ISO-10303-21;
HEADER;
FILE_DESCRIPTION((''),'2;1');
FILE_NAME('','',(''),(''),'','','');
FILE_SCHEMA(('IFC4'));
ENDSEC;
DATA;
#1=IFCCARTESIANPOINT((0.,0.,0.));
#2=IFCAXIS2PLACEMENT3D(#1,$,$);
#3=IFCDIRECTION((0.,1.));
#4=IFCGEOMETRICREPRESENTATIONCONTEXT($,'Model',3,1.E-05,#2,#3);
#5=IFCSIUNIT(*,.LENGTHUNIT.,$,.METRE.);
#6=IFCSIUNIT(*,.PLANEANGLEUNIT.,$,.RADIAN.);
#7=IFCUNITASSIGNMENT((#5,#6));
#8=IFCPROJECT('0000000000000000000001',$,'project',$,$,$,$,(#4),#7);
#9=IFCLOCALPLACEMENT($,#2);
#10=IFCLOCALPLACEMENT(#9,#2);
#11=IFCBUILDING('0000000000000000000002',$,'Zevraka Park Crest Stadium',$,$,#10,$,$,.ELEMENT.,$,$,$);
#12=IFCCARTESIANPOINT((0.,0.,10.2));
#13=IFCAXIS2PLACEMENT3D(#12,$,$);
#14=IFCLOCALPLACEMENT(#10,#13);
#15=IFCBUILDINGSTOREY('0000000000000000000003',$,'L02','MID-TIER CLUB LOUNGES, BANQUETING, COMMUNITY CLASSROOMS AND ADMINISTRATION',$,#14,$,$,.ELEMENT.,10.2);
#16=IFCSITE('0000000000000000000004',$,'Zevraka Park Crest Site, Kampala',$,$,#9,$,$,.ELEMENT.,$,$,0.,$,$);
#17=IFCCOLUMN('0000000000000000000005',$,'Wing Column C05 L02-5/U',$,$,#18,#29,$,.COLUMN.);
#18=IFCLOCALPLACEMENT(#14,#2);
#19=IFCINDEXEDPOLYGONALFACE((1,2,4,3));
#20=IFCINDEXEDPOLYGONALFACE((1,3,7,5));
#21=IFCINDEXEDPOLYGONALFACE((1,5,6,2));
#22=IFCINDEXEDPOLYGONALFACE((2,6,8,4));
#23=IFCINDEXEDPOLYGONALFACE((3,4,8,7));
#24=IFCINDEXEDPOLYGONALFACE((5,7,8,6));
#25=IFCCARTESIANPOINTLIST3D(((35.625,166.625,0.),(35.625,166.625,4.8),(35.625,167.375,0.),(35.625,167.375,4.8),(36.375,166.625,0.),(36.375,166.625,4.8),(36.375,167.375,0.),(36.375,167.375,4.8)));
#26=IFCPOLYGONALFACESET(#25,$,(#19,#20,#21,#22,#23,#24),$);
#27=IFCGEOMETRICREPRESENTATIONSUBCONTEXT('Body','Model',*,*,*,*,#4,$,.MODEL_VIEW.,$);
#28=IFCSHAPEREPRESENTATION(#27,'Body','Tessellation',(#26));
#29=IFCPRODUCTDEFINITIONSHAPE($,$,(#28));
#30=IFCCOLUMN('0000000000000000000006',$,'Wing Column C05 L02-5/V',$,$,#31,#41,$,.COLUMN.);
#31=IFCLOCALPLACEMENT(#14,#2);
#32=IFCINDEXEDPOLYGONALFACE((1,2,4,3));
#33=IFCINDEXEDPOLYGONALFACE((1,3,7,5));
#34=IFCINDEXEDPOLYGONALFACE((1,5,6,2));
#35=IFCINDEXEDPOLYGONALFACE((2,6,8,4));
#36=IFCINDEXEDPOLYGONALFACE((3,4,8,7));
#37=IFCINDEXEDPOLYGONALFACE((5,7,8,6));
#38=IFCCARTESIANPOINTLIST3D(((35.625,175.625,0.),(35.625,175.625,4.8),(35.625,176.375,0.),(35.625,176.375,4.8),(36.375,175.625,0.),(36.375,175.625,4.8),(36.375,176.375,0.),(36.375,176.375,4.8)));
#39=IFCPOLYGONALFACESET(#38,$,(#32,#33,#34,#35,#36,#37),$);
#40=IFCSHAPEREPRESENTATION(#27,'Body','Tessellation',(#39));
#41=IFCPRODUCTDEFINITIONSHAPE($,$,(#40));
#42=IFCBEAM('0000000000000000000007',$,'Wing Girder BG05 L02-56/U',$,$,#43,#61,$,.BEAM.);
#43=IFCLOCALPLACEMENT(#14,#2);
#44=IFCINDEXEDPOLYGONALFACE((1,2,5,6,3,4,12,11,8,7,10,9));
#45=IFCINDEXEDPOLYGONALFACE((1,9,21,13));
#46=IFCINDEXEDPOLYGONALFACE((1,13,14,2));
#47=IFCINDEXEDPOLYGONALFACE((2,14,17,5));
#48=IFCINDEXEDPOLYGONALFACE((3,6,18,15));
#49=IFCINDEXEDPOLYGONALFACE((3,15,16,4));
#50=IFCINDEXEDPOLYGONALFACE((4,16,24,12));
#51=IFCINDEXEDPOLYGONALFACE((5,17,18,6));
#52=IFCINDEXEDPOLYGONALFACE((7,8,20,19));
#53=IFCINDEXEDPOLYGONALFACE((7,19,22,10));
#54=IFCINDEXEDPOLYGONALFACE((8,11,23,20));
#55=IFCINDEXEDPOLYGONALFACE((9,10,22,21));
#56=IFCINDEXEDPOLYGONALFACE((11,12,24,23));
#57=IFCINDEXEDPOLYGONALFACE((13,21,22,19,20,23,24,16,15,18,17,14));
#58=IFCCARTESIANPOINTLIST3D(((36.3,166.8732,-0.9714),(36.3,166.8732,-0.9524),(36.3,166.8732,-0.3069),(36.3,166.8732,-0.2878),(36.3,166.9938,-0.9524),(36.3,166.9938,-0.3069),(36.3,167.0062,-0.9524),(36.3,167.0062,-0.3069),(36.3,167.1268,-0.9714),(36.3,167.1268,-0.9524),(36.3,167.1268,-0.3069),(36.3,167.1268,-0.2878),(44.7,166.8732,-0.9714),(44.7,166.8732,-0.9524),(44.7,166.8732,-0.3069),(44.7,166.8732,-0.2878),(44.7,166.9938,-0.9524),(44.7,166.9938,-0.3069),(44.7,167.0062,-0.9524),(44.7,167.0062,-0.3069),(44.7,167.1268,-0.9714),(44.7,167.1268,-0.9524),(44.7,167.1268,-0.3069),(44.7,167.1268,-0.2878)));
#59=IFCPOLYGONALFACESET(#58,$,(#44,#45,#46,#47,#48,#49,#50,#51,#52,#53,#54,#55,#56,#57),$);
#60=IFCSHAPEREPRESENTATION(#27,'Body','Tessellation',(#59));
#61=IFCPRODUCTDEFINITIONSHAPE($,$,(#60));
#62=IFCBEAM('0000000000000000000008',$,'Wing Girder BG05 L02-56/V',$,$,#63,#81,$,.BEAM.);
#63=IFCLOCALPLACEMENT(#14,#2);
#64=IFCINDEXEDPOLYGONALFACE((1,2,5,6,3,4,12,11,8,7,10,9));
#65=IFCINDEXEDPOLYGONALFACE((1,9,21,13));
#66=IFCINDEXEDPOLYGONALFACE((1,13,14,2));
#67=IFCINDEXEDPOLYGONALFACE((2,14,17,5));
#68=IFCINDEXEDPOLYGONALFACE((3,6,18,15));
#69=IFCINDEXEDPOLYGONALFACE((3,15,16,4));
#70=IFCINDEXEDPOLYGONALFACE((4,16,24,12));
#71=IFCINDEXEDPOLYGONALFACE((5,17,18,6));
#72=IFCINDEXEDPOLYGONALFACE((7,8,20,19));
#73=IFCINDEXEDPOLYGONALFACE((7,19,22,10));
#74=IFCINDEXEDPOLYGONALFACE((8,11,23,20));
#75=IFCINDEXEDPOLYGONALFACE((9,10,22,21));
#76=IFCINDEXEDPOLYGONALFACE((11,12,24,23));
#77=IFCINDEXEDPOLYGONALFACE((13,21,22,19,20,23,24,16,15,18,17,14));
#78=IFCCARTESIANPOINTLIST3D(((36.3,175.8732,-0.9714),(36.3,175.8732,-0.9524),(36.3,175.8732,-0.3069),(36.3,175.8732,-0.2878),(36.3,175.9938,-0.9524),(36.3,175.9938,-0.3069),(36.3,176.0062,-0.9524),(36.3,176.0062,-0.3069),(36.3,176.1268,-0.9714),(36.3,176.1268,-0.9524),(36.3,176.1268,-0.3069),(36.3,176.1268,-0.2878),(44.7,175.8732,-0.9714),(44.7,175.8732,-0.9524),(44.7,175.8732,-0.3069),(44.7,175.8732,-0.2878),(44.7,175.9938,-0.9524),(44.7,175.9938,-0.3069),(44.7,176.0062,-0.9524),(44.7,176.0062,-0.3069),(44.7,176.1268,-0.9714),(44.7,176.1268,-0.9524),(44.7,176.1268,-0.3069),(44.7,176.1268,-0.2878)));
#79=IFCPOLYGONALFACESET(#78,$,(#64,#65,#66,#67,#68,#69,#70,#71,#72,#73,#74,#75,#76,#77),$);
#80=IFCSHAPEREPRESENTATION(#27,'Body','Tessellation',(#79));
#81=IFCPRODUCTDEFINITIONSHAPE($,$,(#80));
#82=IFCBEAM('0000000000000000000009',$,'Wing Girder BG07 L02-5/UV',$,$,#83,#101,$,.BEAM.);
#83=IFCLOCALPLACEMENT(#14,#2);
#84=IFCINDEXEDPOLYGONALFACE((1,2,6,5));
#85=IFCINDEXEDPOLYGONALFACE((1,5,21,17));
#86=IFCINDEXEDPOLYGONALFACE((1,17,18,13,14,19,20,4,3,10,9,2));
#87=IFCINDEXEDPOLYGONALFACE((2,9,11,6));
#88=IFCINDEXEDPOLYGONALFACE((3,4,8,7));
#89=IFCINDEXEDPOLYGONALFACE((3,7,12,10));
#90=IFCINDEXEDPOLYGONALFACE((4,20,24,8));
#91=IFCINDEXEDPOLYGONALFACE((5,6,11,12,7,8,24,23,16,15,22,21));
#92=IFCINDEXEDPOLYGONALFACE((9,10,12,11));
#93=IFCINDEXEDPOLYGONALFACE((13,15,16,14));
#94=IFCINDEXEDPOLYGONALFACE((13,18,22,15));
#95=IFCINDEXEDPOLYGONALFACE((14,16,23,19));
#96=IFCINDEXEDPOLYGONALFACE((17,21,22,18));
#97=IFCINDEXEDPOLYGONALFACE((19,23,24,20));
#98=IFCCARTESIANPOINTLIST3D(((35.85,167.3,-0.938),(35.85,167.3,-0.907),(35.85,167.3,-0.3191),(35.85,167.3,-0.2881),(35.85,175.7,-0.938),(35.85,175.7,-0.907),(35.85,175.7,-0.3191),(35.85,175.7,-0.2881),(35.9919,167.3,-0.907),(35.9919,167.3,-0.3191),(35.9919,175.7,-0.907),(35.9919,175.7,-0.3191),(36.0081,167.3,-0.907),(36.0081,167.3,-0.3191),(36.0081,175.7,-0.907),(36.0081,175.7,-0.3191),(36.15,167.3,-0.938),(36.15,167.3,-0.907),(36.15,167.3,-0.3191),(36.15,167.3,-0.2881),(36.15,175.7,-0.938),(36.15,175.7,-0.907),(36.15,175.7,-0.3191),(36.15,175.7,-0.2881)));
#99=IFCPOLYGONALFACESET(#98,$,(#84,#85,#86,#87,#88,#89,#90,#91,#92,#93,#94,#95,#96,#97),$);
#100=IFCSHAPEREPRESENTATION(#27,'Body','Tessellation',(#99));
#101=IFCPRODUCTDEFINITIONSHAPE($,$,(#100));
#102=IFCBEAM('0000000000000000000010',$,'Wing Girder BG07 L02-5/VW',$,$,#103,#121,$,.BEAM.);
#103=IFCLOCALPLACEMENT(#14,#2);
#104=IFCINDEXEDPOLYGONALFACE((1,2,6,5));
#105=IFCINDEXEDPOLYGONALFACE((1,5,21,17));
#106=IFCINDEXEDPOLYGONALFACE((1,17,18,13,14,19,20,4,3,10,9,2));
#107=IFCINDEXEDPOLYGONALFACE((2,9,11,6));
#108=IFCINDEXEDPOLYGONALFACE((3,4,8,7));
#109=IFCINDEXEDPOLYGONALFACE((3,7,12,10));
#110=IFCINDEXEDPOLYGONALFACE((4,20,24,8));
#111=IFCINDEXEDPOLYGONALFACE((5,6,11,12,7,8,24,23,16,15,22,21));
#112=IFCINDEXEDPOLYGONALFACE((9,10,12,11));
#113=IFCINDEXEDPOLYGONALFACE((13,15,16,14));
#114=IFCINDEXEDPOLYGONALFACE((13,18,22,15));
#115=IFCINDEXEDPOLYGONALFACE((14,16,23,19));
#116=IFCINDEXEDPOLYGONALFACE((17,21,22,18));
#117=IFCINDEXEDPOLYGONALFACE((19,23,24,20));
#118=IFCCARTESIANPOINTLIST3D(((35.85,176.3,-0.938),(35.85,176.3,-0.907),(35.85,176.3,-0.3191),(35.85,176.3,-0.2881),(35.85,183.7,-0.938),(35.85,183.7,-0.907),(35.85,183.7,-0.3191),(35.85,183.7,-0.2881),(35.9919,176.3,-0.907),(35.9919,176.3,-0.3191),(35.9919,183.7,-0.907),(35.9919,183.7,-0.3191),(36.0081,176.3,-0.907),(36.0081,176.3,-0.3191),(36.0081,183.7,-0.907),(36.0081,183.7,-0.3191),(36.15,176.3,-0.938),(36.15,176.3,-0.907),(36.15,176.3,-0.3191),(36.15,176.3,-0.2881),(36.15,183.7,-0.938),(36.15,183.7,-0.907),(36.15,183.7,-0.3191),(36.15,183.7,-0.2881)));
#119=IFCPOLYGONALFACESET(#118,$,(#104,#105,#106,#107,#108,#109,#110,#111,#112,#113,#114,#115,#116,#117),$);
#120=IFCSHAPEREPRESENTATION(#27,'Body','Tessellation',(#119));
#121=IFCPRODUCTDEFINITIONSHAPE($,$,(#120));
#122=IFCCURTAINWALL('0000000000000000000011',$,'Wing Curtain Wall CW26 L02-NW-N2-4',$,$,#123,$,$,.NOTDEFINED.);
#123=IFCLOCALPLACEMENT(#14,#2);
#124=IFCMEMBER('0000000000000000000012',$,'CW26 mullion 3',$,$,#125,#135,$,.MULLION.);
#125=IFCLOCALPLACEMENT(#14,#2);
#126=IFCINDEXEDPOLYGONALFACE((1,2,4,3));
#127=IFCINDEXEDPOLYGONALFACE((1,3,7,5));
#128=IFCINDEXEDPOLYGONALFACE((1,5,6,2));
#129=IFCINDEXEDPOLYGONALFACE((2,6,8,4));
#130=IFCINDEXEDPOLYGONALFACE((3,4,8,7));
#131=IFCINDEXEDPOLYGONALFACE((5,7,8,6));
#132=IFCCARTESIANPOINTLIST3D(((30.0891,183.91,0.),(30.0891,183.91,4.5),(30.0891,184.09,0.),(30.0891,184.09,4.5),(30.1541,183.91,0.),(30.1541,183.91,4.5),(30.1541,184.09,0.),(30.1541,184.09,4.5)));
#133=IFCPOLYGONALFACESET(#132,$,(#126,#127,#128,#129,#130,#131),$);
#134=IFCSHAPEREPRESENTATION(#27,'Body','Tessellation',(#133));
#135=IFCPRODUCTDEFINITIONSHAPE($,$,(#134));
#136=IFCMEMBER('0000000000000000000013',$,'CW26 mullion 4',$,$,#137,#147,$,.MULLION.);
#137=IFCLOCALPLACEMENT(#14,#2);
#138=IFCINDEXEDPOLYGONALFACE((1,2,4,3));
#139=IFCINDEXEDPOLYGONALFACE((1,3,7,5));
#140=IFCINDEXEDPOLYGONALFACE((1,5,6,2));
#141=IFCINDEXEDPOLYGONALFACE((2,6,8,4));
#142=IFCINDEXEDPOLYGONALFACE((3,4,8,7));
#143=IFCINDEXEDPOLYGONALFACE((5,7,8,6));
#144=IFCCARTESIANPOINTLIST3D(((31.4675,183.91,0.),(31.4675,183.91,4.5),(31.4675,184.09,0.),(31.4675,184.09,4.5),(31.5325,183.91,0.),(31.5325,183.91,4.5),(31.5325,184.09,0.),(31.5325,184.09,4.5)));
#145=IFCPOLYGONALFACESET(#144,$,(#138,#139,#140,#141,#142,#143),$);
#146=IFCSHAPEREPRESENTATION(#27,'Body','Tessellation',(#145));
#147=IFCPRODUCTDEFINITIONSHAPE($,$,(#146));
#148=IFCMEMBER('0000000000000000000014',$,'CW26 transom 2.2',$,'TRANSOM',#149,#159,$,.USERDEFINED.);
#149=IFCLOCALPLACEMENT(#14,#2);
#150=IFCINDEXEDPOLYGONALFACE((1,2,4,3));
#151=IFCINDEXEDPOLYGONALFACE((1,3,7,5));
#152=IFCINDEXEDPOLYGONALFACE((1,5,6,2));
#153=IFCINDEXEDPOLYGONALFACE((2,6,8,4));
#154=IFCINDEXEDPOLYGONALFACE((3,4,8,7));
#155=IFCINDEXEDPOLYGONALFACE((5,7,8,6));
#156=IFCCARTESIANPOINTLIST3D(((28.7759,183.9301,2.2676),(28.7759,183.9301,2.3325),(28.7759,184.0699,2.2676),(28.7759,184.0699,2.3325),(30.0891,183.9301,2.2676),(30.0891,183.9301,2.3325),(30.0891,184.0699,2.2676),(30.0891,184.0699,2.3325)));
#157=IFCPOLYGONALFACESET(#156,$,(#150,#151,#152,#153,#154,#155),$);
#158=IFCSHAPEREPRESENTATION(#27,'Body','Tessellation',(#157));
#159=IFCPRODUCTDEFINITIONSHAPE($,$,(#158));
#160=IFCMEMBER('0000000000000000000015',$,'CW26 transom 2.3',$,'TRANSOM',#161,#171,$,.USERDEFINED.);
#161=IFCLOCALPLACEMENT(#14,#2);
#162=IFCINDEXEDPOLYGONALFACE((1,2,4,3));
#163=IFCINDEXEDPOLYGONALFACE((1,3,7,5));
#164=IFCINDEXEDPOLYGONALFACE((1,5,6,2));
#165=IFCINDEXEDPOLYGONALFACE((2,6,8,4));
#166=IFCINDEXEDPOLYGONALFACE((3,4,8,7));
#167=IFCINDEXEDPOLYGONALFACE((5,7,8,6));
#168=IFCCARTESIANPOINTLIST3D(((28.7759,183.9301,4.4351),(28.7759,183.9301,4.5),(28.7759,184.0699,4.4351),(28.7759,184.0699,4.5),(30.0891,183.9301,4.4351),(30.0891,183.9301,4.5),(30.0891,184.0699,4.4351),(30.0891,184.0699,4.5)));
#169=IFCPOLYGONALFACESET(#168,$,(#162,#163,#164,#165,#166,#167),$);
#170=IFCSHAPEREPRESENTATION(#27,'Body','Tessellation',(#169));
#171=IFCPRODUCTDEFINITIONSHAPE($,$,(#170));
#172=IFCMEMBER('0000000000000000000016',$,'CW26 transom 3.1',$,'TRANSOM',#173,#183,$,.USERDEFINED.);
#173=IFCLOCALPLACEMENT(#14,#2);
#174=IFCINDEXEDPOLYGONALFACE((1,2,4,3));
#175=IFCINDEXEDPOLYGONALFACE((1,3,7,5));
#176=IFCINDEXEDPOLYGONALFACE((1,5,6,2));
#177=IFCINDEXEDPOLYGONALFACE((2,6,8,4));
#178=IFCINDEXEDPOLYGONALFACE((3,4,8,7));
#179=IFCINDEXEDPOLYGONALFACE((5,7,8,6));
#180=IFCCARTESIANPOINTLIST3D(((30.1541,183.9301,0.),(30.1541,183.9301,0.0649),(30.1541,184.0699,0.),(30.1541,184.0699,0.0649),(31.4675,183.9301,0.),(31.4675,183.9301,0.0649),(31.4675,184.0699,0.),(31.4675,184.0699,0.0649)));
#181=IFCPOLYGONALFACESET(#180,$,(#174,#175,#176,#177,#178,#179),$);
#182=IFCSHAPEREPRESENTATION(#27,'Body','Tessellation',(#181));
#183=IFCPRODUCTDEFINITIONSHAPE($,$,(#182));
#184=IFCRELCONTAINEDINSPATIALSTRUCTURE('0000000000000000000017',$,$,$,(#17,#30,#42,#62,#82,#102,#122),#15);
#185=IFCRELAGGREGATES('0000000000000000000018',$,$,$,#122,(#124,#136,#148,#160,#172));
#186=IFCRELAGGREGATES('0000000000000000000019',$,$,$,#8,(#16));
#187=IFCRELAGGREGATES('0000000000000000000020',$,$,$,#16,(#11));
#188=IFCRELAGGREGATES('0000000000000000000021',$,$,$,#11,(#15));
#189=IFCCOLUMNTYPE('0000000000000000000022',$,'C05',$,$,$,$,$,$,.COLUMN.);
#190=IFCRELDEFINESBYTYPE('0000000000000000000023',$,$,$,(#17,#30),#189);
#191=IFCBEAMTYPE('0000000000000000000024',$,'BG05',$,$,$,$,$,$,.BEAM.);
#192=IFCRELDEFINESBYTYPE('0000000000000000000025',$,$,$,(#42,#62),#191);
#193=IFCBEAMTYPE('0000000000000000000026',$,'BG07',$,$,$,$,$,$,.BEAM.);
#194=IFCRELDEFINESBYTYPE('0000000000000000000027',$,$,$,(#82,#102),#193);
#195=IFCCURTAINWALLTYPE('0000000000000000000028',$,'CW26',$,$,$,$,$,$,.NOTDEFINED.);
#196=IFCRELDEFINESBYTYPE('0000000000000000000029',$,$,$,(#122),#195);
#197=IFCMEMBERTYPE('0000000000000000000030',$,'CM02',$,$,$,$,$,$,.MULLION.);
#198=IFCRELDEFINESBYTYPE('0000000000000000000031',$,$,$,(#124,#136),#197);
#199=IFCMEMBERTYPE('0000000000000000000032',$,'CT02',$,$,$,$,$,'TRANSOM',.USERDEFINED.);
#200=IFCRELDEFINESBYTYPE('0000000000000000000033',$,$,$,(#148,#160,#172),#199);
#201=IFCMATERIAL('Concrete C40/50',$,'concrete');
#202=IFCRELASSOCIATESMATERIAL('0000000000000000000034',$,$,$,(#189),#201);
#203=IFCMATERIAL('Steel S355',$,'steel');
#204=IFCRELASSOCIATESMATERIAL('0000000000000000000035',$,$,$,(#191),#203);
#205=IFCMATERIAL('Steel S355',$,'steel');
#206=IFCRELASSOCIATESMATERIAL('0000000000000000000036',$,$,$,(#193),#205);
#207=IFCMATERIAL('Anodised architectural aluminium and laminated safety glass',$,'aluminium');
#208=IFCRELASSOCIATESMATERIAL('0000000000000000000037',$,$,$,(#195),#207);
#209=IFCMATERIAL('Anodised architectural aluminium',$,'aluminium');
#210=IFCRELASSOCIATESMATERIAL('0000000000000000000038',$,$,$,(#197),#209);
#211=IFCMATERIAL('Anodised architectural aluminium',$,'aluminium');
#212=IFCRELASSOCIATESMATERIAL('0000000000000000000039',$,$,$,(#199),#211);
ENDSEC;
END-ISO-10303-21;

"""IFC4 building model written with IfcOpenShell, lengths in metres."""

from ifc_helpers import new_model, si_unit, direction, frame, origin, origin_2d, place, context, subcontext, project, spatial, rectangle, i_section, extrude, material, material_profile, profile_set, type_object, element, aggregate, save


model = new_model("IFC4")

# Units and contexts
model_context = context("Model", 3, precision=1e-05, world=origin(), true_north=direction((0.0, 1.0)))
body_context = subcontext(model_context, "Body", "Model", "MODEL_VIEW")
ifc_project = project(units=[si_unit("LENGTHUNIT", "METRE"), si_unit("PLANEANGLEUNIT", "RADIAN")], contexts=[model_context])

# Site, building, storey
site_placement = place(None, origin())
site = spatial("IfcSite", under=ifc_project, at=site_placement, Name="Zevraka Park Crest Site, Kampala", CompositionType="ELEMENT", RefElevation=0.0)
building_placement = place(site_placement, origin())
building = spatial("IfcBuilding", under=site, at=building_placement, Name="Zevraka Park Crest Stadium", CompositionType="ELEMENT")
storey_placement = place(building_placement, frame((0.0, 0.0, 10.2)))
storey = spatial("IfcBuildingStorey", under=building, at=storey_placement, Name="L02", Description="MID-TIER CLUB LOUNGES, BANQUETING, COMMUNITY CLASSROOMS AND ADMINISTRATION", CompositionType="ELEMENT", Elevation=10.2)

# Columns
ifc_material_1 = material(Name="Concrete C40/50", Category="concrete")
ifc_material_profile_1 = material_profile(ifc_material_1, rectangle(XDim=0.75, YDim=0.75, at=origin_2d()), Name="RC 750x750")
ifc_profile_set_1 = profile_set([ifc_material_profile_1], Name="Concrete C40/50")
column_type = type_object("IfcColumnType", Name="C05", PredefinedType="COLUMN", material=ifc_profile_set_1)
for number, where, z_axis, x_axis, name in (
    (1, (36.0, 167.0, 0.0), (0.0, 0.0, 1.0), (1.0, 0.0, 0.0), "Wing Column C05 L02-5/U"),
    (2, (36.0, 176.0, 0.0), (0.0, 0.0, 1.0), (1.0, 0.0, 0.0), "Wing Column C05 L02-5/V"),
):
    element("IfcColumn", number, at=place(storey_placement, frame(where, z_axis=z_axis, x_axis=x_axis)), inside=storey, type_object=column_type, Name=name, PredefinedType="COLUMN", context=body_context, shape_type="SweptSolid", body=[
        extrude(rectangle(XDim=0.75, YDim=0.75, at=origin_2d()), origin(), (0.0, 0.0, 1.0), 4.8),
    ])

# Beams
ifc_material_2 = material(Name="Steel S355", Category="steel")
ifc_material_profile_2 = material_profile(ifc_material_2, i_section(OverallWidth=0.2537, OverallDepth=0.6836, WebThickness=0.0125, FlangeThickness=0.019, at=origin_2d()), Name="UKB 686x254x140")
ifc_profile_set_2 = profile_set([ifc_material_profile_2], Name="Steel S355")
beam_type_1 = type_object("IfcBeamType", Name="BG05", PredefinedType="BEAM", material=ifc_profile_set_2)
for number, where, z_axis, x_axis, name in (
    (3, (36.3, 167.0, -0.6296), (1.0, 0.0, 0.0), (0.0, 1.0, 0.0), "Wing Girder BG05 L02-56/U"),
    (4, (36.3, 176.0, -0.6296), (1.0, 0.0, 0.0), (0.0, 1.0, 0.0), "Wing Girder BG05 L02-56/V"),
):
    element("IfcBeam", number, at=place(storey_placement, frame(where, z_axis=z_axis, x_axis=x_axis)), inside=storey, type_object=beam_type_1, Name=name, PredefinedType="BEAM", context=body_context, shape_type="SweptSolid", body=[
        extrude(i_section(OverallWidth=0.2537, OverallDepth=0.6836, WebThickness=0.0125, FlangeThickness=0.019, at=origin_2d()), origin(), (0.0, 0.0, 1.0), 8.3999),
    ])
ifc_material_3 = material(Name="Steel S355", Category="steel")
ifc_material_profile_3 = material_profile(ifc_material_3, i_section(OverallWidth=0.3, OverallDepth=0.6499, WebThickness=0.0161, FlangeThickness=0.031, at=origin_2d()), Name="HEB 650")
ifc_profile_set_3 = profile_set([ifc_material_profile_3], Name="Steel S355")
beam_type_2 = type_object("IfcBeamType", Name="BG07", PredefinedType="BEAM", material=ifc_profile_set_3)
beam_1_placement = place(storey_placement, frame((36.0, 167.3, -0.613), z_axis=(0.0, 1.0, 0.0), x_axis=(-1.0, 0.0, 0.0)))
element("IfcBeam", 5, at=beam_1_placement, inside=storey, type_object=beam_type_2, Name="Wing Girder BG07 L02-5/UV", PredefinedType="BEAM", context=body_context, shape_type="SweptSolid", body=[
    extrude(i_section(OverallWidth=0.3, OverallDepth=0.6499, WebThickness=0.0161, FlangeThickness=0.031, at=origin_2d()), origin(), (0.0, 0.0, 1.0), 8.3999),
])
beam_2_placement = place(storey_placement, frame((36.0, 176.3, -0.613), z_axis=(0.0, 1.0, 0.0), x_axis=(-1.0, 0.0, 0.0)))
element("IfcBeam", 6, at=beam_2_placement, inside=storey, type_object=beam_type_2, Name="Wing Girder BG07 L02-5/VW", PredefinedType="BEAM", context=body_context, shape_type="SweptSolid", body=[
    extrude(i_section(OverallWidth=0.3, OverallDepth=0.6499, WebThickness=0.0161, FlangeThickness=0.031, at=origin_2d()), origin(), (0.0, 0.0, 1.0), 7.3999),
])

# Curtain wall, members
ifc_material_4 = material(Name="Anodised architectural aluminium and laminated safety glass", Category="aluminium")
curtain_wall_type = type_object("IfcCurtainWallType", Name="CW26", PredefinedType="NOTDEFINED", material=ifc_material_4)
curtain_wall_placement = place(storey_placement, origin())
curtain_wall = element("IfcCurtainWall", 7, at=curtain_wall_placement, inside=storey, type_object=curtain_wall_type, Name="Wing Curtain Wall CW26 L02-NW-N2-4", PredefinedType="NOTDEFINED")
ifc_material_5 = material(Name="Anodised architectural aluminium", Category="aluminium")
ifc_material_profile_4 = material_profile(ifc_material_5, rectangle(XDim=0.1799, YDim=0.0649, at=origin_2d()), Name="ALU MULLION 180x65")
ifc_profile_set_4 = profile_set([ifc_material_profile_4], Name="Anodised architectural aluminium")
member_type_1 = type_object("IfcMemberType", Name="CM02", PredefinedType="MULLION", material=ifc_profile_set_4)
member_1_placement = place(storey_placement, frame((30.1216, 184.0, 0.0), z_axis=(0.0, 0.0, 1.0), x_axis=(0.0, 1.0, 0.0)))
member_1 = element("IfcMember", 8, at=member_1_placement, type_object=member_type_1, Name="CW26 mullion 3", PredefinedType="MULLION", context=body_context, shape_type="SweptSolid", body=[
    extrude(rectangle(XDim=0.1799, YDim=0.0649, at=origin_2d()), origin(), (0.0, 0.0, 1.0), 4.5),
])
member_2_placement = place(storey_placement, frame((31.5, 184.0, 0.0), z_axis=(0.0, 0.0, 1.0), x_axis=(0.0, 1.0, 0.0)))
member_2 = element("IfcMember", 9, at=member_2_placement, type_object=member_type_1, Name="CW26 mullion 4", PredefinedType="MULLION", context=body_context, shape_type="SweptSolid", body=[
    extrude(rectangle(XDim=0.1799, YDim=0.0649, at=origin_2d()), origin(), (0.0, 0.0, 1.0), 4.5),
])
ifc_material_6 = material(Name="Anodised architectural aluminium", Category="aluminium")
ifc_material_profile_5 = material_profile(ifc_material_6, rectangle(XDim=0.1399, YDim=0.0649, at=origin_2d()), Name="ALU TRANSOM 140x65")
ifc_profile_set_5 = profile_set([ifc_material_profile_5], Name="Anodised architectural aluminium")
member_type_2 = type_object("IfcMemberType", Name="CT02", ElementType="TRANSOM", PredefinedType="USERDEFINED", material=ifc_profile_set_5)
member_3_placement = place(storey_placement, frame((28.7759, 184.0, 2.3), z_axis=(1.0, 0.0, 0.0), x_axis=(0.0, 1.0, 0.0)))
member_3 = element("IfcMember", 10, at=member_3_placement, type_object=member_type_2, Name="CW26 transom 2.2", ObjectType="TRANSOM", PredefinedType="USERDEFINED", context=body_context, shape_type="SweptSolid", body=[
    extrude(rectangle(XDim=0.1399, YDim=0.0649, at=origin_2d()), origin(), (0.0, 0.0, 1.0), 1.3132),
])
member_4_placement = place(storey_placement, frame((28.7759, 184.0, 4.4675), z_axis=(1.0, 0.0, 0.0), x_axis=(0.0, 1.0, 0.0)))
member_4 = element("IfcMember", 11, at=member_4_placement, type_object=member_type_2, Name="CW26 transom 2.3", ObjectType="TRANSOM", PredefinedType="USERDEFINED", context=body_context, shape_type="SweptSolid", body=[
    extrude(rectangle(XDim=0.1399, YDim=0.0649, at=origin_2d()), origin(), (0.0, 0.0, 1.0), 1.3132),
])
member_5_placement = place(storey_placement, frame((30.1541, 184.0, 0.0325), z_axis=(1.0, 0.0, 0.0), x_axis=(0.0, 1.0, 0.0)))
member_5 = element("IfcMember", 12, at=member_5_placement, type_object=member_type_2, Name="CW26 transom 3.1", ObjectType="TRANSOM", PredefinedType="USERDEFINED", context=body_context, shape_type="SweptSolid", body=[
    extrude(rectangle(XDim=0.1399, YDim=0.0649, at=origin_2d()), origin(), (0.0, 0.0, 1.0), 1.3135),
])

aggregate(curtain_wall, [member_1, member_2, member_3, member_4, member_5])

save(model, "model.ifc")
